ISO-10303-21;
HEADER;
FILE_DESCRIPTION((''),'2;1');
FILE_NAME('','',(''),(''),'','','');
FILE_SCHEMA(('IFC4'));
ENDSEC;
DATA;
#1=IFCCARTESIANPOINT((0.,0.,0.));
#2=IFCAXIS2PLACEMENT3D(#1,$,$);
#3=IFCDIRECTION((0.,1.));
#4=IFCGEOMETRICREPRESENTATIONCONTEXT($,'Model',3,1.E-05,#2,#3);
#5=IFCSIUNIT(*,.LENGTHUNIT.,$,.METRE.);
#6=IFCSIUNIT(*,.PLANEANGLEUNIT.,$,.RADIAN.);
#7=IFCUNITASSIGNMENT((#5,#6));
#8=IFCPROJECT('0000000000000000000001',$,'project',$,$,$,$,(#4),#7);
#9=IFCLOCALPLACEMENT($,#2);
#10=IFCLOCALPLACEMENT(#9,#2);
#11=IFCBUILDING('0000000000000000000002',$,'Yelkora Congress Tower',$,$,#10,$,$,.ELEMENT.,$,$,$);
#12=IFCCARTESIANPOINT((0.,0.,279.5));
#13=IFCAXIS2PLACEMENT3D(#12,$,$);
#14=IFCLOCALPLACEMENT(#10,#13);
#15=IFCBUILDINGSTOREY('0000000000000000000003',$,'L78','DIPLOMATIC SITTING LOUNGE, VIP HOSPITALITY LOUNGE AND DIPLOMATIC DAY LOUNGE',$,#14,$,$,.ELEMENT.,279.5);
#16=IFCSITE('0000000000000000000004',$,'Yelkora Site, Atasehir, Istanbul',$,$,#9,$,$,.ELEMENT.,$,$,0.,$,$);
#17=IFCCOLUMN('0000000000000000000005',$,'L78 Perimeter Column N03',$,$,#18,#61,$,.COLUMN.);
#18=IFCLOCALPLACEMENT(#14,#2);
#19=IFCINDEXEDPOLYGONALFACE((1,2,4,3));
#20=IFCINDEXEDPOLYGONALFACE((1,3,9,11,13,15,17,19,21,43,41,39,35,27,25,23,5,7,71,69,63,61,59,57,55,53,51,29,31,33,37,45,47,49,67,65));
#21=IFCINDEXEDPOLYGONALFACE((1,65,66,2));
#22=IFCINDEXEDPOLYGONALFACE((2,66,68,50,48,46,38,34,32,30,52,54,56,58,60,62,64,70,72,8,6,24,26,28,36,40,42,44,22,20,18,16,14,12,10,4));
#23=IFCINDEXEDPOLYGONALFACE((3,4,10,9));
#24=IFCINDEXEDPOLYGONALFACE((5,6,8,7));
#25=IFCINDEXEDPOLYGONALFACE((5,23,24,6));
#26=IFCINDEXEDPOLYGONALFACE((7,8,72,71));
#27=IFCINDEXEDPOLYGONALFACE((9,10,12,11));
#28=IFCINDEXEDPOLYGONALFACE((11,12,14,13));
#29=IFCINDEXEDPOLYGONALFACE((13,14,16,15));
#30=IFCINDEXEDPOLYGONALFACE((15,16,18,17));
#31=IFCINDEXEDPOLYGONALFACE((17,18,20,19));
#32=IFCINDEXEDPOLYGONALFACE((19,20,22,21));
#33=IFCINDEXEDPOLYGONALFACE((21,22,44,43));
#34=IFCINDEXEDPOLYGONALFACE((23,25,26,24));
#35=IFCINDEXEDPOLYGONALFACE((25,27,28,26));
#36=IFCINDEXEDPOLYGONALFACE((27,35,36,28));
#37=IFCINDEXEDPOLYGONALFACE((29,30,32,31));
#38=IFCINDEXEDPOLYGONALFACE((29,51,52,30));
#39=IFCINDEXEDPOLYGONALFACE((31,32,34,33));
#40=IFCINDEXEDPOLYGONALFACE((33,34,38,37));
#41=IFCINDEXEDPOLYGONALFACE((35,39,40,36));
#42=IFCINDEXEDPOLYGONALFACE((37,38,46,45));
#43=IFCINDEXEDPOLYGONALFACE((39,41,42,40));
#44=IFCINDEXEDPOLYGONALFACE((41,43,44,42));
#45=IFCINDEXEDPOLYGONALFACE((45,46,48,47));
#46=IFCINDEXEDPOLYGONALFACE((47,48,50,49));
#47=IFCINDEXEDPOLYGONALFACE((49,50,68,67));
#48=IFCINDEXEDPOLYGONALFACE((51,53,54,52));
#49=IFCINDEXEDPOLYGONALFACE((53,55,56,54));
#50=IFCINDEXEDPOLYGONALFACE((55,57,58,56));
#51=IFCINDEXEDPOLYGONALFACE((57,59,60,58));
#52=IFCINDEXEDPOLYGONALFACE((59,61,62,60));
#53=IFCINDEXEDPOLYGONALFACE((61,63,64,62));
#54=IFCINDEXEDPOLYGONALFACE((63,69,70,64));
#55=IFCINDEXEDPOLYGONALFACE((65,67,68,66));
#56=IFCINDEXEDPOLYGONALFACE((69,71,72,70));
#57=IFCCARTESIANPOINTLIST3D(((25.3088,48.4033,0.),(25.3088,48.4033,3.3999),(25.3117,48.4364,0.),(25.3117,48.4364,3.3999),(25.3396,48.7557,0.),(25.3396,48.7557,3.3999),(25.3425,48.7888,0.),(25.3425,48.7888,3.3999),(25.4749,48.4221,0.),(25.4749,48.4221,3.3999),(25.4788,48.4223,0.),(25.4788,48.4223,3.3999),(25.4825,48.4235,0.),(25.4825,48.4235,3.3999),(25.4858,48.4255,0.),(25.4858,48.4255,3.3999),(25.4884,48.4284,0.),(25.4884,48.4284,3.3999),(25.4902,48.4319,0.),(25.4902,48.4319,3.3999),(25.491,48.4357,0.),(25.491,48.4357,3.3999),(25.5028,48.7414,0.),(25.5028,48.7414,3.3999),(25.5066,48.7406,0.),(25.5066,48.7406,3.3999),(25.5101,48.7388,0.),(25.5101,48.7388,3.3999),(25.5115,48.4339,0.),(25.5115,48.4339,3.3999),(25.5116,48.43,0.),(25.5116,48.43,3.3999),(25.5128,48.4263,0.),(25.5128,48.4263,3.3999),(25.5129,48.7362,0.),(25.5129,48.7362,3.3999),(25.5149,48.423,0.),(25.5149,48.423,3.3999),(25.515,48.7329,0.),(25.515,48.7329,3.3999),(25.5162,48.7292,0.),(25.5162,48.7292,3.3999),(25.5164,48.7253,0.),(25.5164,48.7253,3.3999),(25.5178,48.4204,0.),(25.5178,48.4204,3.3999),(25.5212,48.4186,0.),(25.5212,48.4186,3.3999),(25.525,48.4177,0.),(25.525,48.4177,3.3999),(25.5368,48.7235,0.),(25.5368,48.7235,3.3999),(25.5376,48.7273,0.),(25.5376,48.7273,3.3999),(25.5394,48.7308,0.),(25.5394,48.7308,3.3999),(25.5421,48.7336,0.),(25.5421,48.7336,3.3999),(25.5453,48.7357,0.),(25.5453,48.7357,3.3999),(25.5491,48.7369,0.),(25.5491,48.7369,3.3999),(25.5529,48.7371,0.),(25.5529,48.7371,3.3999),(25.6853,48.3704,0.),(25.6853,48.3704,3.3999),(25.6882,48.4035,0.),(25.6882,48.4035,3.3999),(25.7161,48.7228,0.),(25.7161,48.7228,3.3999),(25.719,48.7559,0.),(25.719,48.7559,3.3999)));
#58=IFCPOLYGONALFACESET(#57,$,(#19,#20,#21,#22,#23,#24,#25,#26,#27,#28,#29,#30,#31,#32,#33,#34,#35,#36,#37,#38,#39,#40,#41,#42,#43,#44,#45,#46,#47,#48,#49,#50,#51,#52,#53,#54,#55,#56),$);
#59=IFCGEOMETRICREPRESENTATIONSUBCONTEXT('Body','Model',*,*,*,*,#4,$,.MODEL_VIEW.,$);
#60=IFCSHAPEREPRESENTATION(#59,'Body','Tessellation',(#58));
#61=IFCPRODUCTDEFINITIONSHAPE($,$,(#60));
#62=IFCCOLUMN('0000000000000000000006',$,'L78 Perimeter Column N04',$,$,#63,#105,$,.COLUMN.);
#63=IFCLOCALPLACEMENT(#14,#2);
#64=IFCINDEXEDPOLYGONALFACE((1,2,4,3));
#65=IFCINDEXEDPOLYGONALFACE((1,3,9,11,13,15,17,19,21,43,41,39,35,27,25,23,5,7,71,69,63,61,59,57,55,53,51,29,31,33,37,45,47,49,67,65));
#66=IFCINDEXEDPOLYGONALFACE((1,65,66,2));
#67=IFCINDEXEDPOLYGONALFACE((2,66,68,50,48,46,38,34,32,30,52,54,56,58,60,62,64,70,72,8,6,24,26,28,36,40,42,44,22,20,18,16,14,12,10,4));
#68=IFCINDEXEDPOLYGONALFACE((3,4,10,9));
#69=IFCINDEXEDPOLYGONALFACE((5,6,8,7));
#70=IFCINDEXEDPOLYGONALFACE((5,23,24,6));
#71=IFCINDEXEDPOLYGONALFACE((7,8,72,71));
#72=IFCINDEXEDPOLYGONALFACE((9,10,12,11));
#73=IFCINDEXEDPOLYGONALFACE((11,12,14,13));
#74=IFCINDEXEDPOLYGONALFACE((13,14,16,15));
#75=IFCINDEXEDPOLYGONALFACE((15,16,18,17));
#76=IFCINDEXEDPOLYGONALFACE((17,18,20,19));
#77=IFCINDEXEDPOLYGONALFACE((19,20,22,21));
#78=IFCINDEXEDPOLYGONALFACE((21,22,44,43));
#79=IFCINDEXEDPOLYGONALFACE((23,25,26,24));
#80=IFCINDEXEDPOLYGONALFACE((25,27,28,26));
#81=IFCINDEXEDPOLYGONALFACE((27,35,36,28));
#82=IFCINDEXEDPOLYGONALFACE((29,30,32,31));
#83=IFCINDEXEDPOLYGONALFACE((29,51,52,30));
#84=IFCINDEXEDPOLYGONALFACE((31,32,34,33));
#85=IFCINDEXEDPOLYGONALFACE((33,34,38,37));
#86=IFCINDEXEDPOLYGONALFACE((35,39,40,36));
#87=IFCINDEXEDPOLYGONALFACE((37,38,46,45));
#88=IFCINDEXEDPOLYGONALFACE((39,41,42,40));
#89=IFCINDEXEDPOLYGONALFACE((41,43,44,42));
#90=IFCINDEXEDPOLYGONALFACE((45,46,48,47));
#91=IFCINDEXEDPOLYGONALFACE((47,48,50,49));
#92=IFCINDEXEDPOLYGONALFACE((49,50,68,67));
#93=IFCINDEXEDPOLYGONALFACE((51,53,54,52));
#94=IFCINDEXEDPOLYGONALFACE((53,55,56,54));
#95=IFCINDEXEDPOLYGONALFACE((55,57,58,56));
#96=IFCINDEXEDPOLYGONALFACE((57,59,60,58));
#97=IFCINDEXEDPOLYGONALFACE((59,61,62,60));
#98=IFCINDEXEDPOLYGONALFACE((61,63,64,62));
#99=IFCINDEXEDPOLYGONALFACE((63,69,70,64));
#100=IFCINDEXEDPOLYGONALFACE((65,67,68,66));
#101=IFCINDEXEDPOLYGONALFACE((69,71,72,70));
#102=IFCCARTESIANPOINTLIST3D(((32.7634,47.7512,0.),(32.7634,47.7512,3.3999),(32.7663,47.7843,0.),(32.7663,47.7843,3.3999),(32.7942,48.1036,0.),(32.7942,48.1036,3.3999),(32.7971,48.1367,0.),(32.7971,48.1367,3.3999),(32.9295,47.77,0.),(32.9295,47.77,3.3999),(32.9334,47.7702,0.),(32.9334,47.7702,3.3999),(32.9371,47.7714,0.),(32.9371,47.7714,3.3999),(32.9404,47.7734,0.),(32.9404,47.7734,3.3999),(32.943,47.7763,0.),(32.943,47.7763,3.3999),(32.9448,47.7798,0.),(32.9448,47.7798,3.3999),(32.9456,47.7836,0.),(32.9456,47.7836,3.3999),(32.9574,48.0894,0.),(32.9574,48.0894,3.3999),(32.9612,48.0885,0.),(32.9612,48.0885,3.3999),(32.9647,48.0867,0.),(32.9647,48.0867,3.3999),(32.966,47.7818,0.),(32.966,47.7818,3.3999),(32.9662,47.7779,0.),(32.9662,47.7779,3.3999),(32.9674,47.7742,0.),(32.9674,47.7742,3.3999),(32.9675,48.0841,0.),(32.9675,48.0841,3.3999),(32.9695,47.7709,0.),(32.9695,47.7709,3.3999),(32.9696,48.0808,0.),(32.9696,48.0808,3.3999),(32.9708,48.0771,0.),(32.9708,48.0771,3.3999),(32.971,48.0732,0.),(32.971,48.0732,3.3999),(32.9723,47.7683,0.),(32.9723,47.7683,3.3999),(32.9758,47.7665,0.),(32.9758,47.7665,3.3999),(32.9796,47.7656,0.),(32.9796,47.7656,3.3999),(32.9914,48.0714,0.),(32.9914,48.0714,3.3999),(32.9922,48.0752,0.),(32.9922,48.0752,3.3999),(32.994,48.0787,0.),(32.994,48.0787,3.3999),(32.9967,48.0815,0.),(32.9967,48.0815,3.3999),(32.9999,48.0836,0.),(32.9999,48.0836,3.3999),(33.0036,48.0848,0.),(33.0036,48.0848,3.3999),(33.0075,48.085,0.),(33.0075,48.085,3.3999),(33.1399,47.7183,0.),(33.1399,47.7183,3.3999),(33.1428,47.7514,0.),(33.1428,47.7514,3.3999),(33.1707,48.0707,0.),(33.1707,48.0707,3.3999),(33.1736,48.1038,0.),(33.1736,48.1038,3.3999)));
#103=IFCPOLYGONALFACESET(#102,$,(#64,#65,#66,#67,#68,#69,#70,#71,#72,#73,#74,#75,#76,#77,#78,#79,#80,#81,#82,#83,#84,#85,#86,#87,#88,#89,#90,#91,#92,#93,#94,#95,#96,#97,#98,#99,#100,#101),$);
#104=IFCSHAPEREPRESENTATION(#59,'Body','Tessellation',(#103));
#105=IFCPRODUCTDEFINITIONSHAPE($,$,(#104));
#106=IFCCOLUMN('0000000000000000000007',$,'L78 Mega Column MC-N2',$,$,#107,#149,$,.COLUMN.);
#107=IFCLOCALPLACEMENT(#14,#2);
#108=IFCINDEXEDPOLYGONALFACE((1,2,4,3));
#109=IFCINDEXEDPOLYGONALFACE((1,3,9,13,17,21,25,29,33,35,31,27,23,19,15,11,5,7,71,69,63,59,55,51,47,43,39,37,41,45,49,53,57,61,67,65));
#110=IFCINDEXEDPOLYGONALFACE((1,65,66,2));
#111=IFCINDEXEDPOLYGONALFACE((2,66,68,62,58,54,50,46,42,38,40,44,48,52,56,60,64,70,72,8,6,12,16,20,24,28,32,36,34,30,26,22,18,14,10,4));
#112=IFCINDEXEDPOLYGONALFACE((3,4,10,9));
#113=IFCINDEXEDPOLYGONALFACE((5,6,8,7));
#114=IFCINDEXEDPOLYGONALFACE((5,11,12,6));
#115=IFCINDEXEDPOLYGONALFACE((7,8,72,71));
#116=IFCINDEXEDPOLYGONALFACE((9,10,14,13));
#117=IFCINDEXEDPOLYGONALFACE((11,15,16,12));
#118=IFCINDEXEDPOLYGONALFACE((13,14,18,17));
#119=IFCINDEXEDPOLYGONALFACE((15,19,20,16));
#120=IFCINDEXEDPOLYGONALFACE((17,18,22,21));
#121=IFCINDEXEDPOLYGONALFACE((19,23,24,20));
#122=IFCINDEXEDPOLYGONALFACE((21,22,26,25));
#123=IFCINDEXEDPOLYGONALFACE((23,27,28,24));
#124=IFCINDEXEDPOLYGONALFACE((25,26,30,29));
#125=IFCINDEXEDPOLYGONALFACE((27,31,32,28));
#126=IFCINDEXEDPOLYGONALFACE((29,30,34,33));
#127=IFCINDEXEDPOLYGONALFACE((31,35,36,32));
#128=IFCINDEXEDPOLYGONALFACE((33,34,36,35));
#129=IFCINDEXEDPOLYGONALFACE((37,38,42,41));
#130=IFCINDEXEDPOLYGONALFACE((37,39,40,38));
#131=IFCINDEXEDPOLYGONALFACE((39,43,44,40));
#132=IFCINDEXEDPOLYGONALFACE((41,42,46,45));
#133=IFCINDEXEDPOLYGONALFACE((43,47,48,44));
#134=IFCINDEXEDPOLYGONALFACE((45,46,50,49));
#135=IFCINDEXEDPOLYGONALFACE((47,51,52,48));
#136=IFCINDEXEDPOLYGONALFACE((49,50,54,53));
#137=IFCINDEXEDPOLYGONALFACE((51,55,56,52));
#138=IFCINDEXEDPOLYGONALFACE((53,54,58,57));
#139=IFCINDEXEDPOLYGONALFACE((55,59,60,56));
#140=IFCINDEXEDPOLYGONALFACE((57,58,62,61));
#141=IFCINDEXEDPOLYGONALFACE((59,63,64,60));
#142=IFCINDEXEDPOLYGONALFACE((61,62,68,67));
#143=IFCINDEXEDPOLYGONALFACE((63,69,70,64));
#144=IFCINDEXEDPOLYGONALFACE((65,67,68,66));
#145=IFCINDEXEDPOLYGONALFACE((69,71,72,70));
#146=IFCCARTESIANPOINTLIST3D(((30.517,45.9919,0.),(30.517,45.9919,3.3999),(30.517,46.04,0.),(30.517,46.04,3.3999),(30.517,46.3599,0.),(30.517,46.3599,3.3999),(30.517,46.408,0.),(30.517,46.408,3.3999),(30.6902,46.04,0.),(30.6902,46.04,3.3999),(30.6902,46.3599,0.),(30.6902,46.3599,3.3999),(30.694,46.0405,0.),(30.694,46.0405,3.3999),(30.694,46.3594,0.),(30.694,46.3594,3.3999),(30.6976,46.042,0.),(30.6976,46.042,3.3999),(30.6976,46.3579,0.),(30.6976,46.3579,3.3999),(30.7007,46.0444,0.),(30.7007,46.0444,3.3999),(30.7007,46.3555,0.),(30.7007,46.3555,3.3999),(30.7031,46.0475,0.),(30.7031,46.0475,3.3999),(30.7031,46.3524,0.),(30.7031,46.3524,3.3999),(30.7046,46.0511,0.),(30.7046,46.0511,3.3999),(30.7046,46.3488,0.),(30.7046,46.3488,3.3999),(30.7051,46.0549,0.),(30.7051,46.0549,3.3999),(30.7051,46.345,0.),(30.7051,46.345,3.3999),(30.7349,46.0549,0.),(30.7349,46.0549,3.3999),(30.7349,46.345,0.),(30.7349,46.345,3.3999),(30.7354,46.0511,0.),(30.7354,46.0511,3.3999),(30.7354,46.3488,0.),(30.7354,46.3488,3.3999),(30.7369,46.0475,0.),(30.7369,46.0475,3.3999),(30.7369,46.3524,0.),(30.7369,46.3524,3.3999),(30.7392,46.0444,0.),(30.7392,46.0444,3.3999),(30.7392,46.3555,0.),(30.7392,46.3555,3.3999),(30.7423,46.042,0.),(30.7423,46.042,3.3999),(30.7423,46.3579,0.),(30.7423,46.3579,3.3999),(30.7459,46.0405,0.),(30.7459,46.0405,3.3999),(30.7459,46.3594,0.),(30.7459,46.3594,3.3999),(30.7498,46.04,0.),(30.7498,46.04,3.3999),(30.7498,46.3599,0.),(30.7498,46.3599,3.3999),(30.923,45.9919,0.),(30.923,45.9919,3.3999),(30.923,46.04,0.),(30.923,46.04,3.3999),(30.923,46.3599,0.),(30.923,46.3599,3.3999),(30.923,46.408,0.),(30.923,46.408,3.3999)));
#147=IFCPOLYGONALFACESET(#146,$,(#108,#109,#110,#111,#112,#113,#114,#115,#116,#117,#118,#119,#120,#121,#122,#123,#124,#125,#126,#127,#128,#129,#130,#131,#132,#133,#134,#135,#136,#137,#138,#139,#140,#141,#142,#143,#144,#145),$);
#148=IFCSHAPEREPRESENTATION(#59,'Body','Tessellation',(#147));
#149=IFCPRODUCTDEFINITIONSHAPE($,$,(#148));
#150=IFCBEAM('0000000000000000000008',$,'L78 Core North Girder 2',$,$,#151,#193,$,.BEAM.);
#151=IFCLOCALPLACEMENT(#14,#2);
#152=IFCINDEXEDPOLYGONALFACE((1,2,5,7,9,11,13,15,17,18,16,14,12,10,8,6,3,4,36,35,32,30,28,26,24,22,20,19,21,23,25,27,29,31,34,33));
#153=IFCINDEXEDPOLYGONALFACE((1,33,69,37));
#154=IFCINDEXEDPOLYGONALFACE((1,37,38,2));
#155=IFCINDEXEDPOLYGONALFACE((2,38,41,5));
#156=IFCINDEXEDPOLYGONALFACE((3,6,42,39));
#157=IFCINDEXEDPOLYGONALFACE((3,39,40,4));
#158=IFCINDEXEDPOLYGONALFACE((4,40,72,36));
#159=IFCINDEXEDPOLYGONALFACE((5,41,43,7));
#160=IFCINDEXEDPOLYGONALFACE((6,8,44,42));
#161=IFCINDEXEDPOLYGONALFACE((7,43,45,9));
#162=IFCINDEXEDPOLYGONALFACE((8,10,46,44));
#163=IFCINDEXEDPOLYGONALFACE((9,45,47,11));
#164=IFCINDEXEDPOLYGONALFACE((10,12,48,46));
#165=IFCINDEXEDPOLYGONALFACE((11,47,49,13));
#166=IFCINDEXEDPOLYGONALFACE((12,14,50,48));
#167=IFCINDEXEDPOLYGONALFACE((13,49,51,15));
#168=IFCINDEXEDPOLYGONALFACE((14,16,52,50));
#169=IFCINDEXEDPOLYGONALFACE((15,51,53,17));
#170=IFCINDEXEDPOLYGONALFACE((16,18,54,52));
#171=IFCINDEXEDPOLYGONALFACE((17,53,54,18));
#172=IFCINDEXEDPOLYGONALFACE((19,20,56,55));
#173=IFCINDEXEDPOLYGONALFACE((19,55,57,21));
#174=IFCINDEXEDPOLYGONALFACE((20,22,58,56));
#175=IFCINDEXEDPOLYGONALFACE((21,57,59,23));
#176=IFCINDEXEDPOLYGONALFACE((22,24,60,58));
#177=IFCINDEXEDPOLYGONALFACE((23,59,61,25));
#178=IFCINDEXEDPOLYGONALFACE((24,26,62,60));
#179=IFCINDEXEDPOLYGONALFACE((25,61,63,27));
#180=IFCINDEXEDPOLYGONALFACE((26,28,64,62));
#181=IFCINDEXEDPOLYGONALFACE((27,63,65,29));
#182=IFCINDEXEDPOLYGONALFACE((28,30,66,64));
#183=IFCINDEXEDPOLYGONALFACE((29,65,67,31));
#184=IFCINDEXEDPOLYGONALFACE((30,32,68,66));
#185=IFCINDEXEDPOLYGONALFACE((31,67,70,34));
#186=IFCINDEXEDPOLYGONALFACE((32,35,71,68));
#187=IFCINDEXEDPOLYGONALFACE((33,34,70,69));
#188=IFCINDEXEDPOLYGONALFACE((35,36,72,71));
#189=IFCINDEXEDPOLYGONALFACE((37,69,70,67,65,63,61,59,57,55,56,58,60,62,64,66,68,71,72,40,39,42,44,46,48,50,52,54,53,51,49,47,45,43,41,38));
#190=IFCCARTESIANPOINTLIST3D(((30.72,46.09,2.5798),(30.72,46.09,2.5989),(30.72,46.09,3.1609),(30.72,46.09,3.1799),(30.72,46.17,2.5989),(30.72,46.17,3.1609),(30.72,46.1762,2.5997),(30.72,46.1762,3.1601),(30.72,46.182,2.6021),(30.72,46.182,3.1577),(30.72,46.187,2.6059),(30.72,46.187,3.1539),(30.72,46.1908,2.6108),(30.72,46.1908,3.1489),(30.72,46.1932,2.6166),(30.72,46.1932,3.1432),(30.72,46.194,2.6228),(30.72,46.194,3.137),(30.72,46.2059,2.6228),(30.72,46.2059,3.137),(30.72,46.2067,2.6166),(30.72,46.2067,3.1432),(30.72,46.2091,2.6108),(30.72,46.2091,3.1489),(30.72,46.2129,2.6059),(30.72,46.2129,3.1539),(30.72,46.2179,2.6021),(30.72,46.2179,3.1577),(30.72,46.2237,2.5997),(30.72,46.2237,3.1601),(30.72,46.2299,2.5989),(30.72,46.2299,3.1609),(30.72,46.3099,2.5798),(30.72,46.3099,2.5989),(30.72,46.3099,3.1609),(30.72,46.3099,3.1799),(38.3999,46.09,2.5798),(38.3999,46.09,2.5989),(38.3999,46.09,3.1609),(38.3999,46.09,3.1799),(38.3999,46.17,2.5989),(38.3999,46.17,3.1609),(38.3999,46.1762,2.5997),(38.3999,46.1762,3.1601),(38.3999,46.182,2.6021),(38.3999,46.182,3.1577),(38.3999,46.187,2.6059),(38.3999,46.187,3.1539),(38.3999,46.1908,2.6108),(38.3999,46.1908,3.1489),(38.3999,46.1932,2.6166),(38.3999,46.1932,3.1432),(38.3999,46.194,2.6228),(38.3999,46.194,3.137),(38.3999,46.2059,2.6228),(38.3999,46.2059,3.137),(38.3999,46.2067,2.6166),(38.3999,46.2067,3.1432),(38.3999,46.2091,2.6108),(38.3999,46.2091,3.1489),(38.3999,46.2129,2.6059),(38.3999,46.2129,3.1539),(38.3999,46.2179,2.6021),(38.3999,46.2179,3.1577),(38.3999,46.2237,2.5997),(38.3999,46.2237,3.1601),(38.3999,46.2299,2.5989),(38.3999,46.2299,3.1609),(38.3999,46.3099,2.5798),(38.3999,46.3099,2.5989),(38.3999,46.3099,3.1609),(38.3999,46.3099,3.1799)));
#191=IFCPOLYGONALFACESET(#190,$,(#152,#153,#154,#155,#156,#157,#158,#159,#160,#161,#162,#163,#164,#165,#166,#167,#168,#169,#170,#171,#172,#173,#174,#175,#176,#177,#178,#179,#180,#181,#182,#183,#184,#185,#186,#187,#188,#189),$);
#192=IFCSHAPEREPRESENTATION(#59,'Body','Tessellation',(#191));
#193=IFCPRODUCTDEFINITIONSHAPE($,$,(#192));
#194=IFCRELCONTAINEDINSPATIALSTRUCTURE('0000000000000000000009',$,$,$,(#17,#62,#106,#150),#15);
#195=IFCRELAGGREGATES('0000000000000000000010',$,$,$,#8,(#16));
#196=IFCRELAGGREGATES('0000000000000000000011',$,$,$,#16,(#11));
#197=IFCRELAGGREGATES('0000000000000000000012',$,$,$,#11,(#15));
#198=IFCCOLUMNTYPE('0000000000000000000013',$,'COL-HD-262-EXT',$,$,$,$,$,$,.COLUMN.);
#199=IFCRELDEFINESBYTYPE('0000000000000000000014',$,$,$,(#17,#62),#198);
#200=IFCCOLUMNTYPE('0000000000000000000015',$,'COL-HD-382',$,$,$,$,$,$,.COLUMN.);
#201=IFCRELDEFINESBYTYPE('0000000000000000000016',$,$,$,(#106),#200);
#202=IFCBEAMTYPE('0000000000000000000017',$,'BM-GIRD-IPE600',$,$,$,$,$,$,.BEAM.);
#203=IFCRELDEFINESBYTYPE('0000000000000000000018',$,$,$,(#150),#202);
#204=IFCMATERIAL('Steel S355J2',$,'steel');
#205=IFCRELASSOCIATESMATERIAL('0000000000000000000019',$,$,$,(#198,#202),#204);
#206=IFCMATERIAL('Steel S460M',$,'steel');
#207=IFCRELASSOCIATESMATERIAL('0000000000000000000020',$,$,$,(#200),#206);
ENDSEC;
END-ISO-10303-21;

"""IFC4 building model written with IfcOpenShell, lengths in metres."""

from ifc_helpers import new_model, si_unit, direction, frame, origin, origin_2d, place, context, subcontext, project, spatial, i_section, extrude, material, material_profile, profile_set, type_object, element, save


model = new_model("IFC4")

# Units and contexts
model_context = context("Model", 3, precision=1e-05, world=origin(), true_north=direction((0.0, 1.0)))
body_context = subcontext(model_context, "Body", "Model", "MODEL_VIEW")
ifc_project = project(units=[si_unit("LENGTHUNIT", "METRE"), si_unit("PLANEANGLEUNIT", "RADIAN")], contexts=[model_context])

# Site, building, storey
site_placement = place(None, origin())
site = spatial("IfcSite", under=ifc_project, at=site_placement, Name="Yelkora Site, Atasehir, Istanbul", CompositionType="ELEMENT", RefElevation=0.0)
building_placement = place(site_placement, origin())
building = spatial("IfcBuilding", under=site, at=building_placement, Name="Yelkora Congress Tower", CompositionType="ELEMENT")
storey_placement = place(building_placement, frame((0.0, 0.0, 279.5)))
storey = spatial("IfcBuildingStorey", under=building, at=storey_placement, Name="L78", Description="DIPLOMATIC SITTING LOUNGE, VIP HOSPITALITY LOUNGE AND DIPLOMATIC DAY LOUNGE", CompositionType="ELEMENT", Elevation=279.5)

# Columns
ifc_material_1 = material(Name="Steel S355J2", Category="steel")
ifc_material_profile_1 = material_profile(ifc_material_1, i_section(OverallWidth=0.3779, OverallDepth=0.387, WebThickness=0.0205, FlangeThickness=0.0332, FilletRadius=0.0149, at=origin_2d()), Name="HD 360x262")
ifc_profile_set_1 = profile_set([ifc_material_profile_1], Name="Steel S355J2")
column_type_1 = type_object("IfcColumnType", Name="COL-HD-262-EXT", PredefinedType="COLUMN", material=ifc_profile_set_1)
for number, where, z_axis, x_axis, name in (
    (1, (25.5139, 48.5796, 0.0), (0.0, 0.0, 1.0), (0.996195, -0.087156, 0.0), "L78 Perimeter Column N03"),
    (2, (32.9685, 47.9275, 0.0), (0.0, 0.0, 1.0), (0.996195, -0.087156, 0.0), "L78 Perimeter Column N04"),
):
    element("IfcColumn", number, at=place(storey_placement, frame(where, z_axis=z_axis, x_axis=x_axis)), inside=storey, type_object=column_type_1, Name=name, PredefinedType="COLUMN", context=body_context, shape_type="SweptSolid", body=[
        extrude(i_section(OverallWidth=0.3779, OverallDepth=0.387, WebThickness=0.0205, FlangeThickness=0.0332, FilletRadius=0.0149, at=origin_2d()), origin(), (0.0, 0.0, 1.0), 3.3999),
    ])
ifc_material_2 = material(Name="Steel S460M", Category="steel")
ifc_material_profile_2 = material_profile(ifc_material_2, i_section(OverallWidth=0.406, OverallDepth=0.416, WebThickness=0.0298, FlangeThickness=0.0481, FilletRadius=0.0149, at=origin_2d()), Name="HD 400x382")
ifc_profile_set_2 = profile_set([ifc_material_profile_2], Name="Steel S460M")
column_type_2 = type_object("IfcColumnType", Name="COL-HD-382", PredefinedType="COLUMN", material=ifc_profile_set_2)
column_placement = place(storey_placement, frame((30.72, 46.2, 0.0), z_axis=(0.0, 0.0, 1.0), x_axis=(1.0, 0.0, 0.0)))
element("IfcColumn", 3, at=column_placement, inside=storey, type_object=column_type_2, Name="L78 Mega Column MC-N2", PredefinedType="COLUMN", context=body_context, shape_type="SweptSolid", body=[
    extrude(i_section(OverallWidth=0.406, OverallDepth=0.416, WebThickness=0.0298, FlangeThickness=0.0481, FilletRadius=0.0149, at=origin_2d()), origin(), (0.0, 0.0, 1.0), 3.3999),
])

# Beam
ifc_material_profile_3 = material_profile(ifc_material_1, i_section(OverallWidth=0.22, OverallDepth=0.6001, WebThickness=0.012, FlangeThickness=0.019, FilletRadius=0.0239, at=origin_2d()), Name="IPE 600")
ifc_profile_set_3 = profile_set([ifc_material_profile_3], Name="Steel S355J2")
beam_type_1 = type_object("IfcBeamType", Name="BM-GIRD-IPE600", PredefinedType="BEAM", material=ifc_profile_set_3)
beam_1_placement = place(storey_placement, frame((30.72, 46.2, 2.8799), z_axis=(1.0, 0.0, 0.0), x_axis=(0.0, 1.0, 0.0)))
element("IfcBeam", 4, at=beam_1_placement, inside=storey, type_object=beam_type_1, Name="L78 Core North Girder 2", PredefinedType="BEAM", context=body_context, shape_type="SweptSolid", body=[
    extrude(i_section(OverallWidth=0.22, OverallDepth=0.6001, WebThickness=0.012, FlangeThickness=0.019, FilletRadius=0.0239, at=origin_2d()), origin(), (0.0, 0.0, 1.0), 7.6799),
])

save(model, "model.ifc")
